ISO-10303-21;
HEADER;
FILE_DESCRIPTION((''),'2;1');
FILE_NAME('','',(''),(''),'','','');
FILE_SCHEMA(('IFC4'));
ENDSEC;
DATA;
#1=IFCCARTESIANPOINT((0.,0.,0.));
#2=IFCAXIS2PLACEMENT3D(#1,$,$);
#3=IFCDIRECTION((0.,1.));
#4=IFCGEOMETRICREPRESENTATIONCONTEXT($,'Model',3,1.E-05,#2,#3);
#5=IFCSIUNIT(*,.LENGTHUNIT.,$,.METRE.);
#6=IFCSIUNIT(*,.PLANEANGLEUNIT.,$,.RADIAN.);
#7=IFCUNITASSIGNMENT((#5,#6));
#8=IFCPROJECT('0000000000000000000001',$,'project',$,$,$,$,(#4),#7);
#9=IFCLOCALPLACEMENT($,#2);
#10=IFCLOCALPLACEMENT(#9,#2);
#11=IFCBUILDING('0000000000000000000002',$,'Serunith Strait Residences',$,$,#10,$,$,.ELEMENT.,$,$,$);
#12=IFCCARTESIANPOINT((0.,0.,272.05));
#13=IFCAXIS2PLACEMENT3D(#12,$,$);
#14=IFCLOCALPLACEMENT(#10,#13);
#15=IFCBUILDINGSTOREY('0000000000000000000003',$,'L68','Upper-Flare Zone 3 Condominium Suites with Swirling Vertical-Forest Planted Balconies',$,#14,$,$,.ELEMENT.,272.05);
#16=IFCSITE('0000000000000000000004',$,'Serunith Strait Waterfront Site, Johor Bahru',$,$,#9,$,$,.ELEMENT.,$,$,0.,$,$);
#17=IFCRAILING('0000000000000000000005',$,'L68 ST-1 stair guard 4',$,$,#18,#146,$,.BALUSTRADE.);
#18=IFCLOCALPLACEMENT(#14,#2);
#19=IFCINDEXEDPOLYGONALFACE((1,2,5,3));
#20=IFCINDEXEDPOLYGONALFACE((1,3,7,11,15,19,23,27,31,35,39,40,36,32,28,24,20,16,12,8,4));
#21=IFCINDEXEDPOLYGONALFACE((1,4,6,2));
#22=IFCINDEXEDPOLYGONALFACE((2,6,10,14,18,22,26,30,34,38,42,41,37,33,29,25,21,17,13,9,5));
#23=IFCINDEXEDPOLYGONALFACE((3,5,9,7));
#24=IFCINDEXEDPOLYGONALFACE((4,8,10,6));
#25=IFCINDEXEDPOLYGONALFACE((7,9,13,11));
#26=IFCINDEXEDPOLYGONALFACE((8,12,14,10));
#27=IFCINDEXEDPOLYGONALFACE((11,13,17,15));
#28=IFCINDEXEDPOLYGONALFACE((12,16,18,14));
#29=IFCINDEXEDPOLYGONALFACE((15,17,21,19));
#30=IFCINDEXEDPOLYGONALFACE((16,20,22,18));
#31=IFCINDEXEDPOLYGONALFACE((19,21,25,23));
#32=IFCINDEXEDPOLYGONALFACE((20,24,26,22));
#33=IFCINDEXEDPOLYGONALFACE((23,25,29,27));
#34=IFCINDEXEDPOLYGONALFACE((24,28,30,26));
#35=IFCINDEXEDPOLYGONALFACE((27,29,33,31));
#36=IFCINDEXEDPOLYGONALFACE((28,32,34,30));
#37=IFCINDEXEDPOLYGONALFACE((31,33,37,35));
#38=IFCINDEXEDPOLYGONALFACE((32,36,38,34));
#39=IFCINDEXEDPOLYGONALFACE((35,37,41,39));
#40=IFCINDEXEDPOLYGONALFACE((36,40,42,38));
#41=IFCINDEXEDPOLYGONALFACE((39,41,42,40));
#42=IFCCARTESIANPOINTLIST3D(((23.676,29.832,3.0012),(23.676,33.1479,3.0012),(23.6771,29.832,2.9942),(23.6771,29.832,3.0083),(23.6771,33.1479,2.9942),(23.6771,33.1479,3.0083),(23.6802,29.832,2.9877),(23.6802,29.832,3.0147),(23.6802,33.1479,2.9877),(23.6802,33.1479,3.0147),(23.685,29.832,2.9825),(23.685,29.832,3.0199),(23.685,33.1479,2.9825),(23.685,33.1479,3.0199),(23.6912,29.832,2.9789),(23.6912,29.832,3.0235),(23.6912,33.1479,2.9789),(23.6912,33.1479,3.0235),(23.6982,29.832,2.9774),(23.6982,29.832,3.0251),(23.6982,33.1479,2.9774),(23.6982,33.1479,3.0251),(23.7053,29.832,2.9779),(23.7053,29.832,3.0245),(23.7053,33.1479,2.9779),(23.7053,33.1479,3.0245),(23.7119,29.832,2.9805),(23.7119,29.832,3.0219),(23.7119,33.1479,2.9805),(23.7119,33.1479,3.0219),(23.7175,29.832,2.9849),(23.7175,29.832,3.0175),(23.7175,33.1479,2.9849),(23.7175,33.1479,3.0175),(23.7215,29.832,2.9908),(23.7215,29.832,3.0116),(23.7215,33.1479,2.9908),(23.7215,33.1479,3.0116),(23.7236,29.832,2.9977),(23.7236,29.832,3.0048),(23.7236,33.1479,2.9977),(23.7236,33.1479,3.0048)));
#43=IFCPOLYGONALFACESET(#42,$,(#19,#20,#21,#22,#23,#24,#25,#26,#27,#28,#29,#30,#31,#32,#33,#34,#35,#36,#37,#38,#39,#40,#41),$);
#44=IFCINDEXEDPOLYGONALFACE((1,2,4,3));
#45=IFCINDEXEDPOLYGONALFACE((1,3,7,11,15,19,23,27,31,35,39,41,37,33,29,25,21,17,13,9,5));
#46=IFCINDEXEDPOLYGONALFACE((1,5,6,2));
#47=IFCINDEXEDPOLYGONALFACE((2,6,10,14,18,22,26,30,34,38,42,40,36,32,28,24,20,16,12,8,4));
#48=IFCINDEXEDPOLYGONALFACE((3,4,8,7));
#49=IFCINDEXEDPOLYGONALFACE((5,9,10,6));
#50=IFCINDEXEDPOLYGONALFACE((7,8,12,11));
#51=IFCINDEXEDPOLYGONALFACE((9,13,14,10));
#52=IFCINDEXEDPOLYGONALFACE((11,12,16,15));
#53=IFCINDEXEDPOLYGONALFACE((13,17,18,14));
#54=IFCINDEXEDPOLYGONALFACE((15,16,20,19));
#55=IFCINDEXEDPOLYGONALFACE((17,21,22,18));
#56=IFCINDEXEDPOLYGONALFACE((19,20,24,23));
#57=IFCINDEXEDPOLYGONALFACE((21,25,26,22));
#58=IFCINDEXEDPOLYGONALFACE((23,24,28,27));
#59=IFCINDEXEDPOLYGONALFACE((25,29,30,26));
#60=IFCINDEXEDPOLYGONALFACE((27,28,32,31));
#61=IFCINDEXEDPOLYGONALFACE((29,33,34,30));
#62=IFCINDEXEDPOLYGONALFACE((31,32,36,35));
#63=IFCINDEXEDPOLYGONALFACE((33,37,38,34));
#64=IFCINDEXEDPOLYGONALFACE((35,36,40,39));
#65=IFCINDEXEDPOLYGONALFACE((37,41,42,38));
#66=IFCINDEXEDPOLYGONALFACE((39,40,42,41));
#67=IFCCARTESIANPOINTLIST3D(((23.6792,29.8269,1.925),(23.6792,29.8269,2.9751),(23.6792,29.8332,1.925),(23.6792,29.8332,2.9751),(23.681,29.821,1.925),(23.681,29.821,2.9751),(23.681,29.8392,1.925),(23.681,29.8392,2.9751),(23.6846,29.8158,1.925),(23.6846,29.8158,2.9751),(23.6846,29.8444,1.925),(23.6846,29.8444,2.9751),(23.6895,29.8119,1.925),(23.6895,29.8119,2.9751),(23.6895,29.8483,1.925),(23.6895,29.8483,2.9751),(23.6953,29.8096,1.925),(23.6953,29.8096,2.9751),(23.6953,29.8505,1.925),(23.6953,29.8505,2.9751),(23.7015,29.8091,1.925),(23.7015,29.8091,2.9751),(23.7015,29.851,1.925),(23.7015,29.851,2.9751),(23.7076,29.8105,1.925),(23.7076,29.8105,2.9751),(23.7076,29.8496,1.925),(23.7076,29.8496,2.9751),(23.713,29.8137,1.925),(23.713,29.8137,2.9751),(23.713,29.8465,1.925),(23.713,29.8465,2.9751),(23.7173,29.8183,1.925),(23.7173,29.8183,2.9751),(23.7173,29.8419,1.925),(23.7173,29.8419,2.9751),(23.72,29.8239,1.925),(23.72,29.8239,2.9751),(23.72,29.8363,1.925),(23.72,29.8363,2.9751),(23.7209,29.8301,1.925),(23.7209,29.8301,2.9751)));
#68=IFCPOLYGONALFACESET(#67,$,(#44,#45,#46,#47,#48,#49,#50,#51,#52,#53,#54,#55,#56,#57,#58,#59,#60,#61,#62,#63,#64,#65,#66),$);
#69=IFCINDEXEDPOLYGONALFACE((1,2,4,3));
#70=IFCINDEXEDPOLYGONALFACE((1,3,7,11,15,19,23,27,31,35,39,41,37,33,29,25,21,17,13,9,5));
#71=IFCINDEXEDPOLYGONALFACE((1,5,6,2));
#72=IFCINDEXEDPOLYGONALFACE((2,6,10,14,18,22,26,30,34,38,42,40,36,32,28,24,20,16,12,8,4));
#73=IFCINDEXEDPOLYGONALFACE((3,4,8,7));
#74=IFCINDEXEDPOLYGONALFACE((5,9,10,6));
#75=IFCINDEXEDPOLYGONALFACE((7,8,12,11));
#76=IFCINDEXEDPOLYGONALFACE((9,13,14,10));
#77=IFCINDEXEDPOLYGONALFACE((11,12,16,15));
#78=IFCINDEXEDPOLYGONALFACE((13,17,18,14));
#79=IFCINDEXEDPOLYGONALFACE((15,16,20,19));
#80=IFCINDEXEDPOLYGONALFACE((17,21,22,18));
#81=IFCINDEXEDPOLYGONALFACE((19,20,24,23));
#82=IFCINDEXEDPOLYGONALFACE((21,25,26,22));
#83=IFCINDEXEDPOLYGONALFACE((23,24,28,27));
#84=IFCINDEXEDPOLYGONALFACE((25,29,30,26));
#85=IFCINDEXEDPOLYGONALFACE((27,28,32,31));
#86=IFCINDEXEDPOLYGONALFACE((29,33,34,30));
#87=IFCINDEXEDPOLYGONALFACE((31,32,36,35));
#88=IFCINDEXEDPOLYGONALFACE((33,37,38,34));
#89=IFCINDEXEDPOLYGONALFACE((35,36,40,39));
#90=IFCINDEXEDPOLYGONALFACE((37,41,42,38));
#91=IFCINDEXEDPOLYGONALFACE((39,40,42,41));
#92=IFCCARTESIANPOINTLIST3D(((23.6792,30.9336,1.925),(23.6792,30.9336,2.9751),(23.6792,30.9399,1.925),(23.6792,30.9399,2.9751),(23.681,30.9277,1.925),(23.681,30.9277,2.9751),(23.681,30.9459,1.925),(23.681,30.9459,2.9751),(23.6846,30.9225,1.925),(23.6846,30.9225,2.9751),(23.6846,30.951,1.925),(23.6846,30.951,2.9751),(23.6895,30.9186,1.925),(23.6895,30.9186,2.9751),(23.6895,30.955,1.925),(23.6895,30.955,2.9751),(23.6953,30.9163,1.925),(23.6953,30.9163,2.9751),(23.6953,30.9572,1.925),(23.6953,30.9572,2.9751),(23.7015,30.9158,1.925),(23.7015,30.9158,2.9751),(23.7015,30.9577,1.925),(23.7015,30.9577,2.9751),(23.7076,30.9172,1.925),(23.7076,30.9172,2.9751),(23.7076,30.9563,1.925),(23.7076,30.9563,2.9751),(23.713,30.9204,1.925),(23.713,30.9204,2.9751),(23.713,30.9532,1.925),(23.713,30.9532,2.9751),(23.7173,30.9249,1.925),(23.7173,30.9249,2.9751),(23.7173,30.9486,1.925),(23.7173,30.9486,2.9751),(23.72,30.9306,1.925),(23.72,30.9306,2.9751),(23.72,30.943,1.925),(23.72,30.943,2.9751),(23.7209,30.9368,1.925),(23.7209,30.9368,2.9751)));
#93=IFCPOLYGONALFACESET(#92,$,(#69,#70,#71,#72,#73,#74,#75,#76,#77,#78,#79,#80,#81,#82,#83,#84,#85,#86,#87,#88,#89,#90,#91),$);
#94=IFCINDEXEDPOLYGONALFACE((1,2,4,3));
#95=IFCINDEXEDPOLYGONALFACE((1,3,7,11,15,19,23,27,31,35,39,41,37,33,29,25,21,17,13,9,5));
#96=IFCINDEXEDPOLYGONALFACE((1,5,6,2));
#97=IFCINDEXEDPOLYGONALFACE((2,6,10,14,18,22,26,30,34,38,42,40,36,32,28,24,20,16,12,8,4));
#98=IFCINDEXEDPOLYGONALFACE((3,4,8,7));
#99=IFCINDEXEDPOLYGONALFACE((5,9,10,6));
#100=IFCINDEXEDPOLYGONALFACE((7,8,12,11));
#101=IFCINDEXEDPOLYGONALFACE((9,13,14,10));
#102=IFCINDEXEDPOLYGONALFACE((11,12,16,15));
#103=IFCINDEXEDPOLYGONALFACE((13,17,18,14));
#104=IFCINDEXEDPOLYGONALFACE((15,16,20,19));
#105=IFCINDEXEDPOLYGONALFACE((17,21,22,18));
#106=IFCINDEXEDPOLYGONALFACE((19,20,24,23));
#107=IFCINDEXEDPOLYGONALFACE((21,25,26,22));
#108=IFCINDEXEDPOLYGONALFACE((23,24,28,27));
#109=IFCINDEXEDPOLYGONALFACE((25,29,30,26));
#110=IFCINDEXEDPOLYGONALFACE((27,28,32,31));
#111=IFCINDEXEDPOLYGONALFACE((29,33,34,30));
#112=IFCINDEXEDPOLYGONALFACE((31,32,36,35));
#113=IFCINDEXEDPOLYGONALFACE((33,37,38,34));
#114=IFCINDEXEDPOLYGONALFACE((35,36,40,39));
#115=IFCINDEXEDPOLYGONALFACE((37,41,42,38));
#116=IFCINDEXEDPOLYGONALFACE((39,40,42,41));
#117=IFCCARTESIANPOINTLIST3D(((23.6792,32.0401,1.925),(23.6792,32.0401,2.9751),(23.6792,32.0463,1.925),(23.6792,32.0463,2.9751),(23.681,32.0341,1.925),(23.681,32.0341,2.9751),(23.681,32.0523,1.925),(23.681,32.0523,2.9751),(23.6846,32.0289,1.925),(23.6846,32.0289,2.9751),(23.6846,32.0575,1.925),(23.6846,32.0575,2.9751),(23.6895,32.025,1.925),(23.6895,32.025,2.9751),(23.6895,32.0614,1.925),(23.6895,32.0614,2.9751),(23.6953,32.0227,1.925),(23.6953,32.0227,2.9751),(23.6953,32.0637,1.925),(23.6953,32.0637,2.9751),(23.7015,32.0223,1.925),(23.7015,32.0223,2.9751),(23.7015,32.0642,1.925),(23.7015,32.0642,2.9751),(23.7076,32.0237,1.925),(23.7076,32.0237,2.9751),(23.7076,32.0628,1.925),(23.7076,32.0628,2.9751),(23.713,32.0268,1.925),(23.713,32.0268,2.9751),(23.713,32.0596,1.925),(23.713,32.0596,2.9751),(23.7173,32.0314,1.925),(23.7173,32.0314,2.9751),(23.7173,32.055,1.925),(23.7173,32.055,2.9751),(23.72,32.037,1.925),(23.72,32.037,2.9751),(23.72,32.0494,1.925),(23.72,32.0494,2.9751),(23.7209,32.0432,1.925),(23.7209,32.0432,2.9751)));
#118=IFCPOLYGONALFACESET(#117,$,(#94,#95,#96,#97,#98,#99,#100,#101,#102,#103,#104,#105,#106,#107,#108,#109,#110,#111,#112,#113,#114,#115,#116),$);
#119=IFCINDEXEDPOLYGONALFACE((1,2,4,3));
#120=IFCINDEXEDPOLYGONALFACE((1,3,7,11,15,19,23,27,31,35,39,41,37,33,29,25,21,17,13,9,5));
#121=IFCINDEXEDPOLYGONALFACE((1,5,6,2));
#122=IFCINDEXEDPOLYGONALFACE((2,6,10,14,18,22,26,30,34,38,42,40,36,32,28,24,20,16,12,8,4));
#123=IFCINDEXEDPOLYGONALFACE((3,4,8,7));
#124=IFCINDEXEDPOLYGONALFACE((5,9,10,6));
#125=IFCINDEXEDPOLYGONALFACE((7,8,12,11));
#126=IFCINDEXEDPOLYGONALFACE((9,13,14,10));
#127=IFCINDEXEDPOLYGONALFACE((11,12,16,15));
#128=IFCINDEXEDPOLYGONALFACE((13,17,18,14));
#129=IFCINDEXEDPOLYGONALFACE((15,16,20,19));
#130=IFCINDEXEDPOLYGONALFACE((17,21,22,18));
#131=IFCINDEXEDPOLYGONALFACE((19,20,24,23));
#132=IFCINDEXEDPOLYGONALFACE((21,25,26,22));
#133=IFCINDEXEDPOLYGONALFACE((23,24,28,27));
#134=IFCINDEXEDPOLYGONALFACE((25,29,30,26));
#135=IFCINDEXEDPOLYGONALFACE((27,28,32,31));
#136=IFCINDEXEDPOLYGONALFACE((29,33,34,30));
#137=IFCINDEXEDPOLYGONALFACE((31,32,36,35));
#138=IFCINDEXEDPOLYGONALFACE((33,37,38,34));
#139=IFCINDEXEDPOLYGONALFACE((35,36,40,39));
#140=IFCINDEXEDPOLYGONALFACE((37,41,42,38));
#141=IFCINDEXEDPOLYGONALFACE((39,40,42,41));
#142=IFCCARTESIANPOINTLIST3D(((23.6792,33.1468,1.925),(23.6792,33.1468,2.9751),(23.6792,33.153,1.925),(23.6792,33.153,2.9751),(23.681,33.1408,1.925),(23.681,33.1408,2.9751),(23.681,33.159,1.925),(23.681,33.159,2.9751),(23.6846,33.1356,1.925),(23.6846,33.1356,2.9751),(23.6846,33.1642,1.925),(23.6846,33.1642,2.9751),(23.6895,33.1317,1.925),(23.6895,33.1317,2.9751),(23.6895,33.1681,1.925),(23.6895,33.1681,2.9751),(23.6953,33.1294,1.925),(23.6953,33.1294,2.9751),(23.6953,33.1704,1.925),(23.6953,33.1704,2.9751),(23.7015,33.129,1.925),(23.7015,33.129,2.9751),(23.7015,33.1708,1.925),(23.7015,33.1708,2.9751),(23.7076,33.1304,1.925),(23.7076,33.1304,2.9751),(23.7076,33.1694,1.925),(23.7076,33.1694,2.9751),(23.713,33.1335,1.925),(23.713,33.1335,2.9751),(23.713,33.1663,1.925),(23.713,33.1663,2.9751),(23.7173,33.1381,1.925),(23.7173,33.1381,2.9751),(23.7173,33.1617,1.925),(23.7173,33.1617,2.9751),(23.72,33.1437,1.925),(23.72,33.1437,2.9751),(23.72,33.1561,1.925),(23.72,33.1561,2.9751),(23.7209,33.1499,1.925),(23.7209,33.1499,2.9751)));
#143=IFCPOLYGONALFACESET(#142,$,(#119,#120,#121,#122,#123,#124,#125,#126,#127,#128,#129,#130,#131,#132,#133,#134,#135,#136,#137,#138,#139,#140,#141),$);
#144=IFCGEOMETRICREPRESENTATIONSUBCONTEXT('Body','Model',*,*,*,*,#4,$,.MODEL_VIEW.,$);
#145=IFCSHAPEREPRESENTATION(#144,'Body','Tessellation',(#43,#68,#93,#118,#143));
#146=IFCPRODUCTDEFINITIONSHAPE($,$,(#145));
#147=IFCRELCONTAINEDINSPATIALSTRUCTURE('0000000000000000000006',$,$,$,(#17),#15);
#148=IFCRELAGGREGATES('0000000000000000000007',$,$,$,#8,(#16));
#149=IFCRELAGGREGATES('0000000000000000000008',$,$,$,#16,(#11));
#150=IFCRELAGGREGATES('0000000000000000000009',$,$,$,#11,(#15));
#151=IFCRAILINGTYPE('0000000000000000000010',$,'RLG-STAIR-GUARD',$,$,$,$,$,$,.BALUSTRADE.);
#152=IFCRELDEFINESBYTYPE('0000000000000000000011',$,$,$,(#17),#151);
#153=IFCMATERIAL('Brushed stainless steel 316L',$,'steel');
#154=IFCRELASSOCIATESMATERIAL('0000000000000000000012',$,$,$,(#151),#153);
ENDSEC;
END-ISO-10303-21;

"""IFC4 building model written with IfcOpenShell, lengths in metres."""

from ifc_helpers import new_model, si_unit, direction, frame, origin, origin_2d, place, context, subcontext, project, spatial, circle, extrude, material, type_object, element, save


model = new_model("IFC4")

# Units and contexts
model_context = context("Model", 3, precision=1e-05, world=origin(), true_north=direction((0.0, 1.0)))
body_context = subcontext(model_context, "Body", "Model", "MODEL_VIEW")
ifc_project = project(units=[si_unit("LENGTHUNIT", "METRE"), si_unit("PLANEANGLEUNIT", "RADIAN")], contexts=[model_context])

# Site, building, storey
site_placement = place(None, origin())
site = spatial("IfcSite", under=ifc_project, at=site_placement, Name="Serunith Strait Waterfront Site, Johor Bahru", CompositionType="ELEMENT", RefElevation=0.0)
building_placement = place(site_placement, origin())
building = spatial("IfcBuilding", under=site, at=building_placement, Name="Serunith Strait Residences", CompositionType="ELEMENT")
storey_placement = place(building_placement, frame((0.0, 0.0, 272.05)))
storey = spatial("IfcBuildingStorey", under=building, at=storey_placement, Name="L68", Description="Upper-Flare Zone 3 Condominium Suites with Swirling Vertical-Forest Planted Balconies", CompositionType="ELEMENT", Elevation=272.05)

# Railing
ifc_material_1 = material(Name="Brushed stainless steel 316L", Category="steel")
railing_type_1 = type_object("IfcRailingType", Name="RLG-STAIR-GUARD", PredefinedType="BALUSTRADE", material=ifc_material_1)
for number, where, name in (
    (1, (23.7, 29.8301, 1.925), "L68 ST-1 stair guard 4"),
):
    element("IfcRailing", number, at=place(storey_placement, frame(where)), inside=storey, type_object=railing_type_1, Name=name, PredefinedType="BALUSTRADE", context=body_context, shape_type="SweptSolid", body=[
        extrude(circle(Radius=0.0239, at=origin_2d()), frame((0.0, 0.002, 1.0762), z_axis=(0.0, 1.0, 0.0), x_axis=(-1.0, 0.0, 0.0)), (0.0, 0.0, 1.0), 3.3159),
        extrude(circle(Radius=0.021, at=origin_2d()), origin(), (0.0, 0.0, 1.0), 1.05),
        extrude(circle(Radius=0.021, at=origin_2d()), frame((0.0, 1.1067, 0.0)), (0.0, 0.0, 1.0), 1.05),
        extrude(circle(Radius=0.021, at=origin_2d()), frame((0.0, 2.2131, 0.0)), (0.0, 0.0, 1.0), 1.05),
        extrude(circle(Radius=0.021, at=origin_2d()), frame((0.0, 3.3198, 0.0)), (0.0, 0.0, 1.0), 1.05),
    ])

save(model, "model.ifc")
